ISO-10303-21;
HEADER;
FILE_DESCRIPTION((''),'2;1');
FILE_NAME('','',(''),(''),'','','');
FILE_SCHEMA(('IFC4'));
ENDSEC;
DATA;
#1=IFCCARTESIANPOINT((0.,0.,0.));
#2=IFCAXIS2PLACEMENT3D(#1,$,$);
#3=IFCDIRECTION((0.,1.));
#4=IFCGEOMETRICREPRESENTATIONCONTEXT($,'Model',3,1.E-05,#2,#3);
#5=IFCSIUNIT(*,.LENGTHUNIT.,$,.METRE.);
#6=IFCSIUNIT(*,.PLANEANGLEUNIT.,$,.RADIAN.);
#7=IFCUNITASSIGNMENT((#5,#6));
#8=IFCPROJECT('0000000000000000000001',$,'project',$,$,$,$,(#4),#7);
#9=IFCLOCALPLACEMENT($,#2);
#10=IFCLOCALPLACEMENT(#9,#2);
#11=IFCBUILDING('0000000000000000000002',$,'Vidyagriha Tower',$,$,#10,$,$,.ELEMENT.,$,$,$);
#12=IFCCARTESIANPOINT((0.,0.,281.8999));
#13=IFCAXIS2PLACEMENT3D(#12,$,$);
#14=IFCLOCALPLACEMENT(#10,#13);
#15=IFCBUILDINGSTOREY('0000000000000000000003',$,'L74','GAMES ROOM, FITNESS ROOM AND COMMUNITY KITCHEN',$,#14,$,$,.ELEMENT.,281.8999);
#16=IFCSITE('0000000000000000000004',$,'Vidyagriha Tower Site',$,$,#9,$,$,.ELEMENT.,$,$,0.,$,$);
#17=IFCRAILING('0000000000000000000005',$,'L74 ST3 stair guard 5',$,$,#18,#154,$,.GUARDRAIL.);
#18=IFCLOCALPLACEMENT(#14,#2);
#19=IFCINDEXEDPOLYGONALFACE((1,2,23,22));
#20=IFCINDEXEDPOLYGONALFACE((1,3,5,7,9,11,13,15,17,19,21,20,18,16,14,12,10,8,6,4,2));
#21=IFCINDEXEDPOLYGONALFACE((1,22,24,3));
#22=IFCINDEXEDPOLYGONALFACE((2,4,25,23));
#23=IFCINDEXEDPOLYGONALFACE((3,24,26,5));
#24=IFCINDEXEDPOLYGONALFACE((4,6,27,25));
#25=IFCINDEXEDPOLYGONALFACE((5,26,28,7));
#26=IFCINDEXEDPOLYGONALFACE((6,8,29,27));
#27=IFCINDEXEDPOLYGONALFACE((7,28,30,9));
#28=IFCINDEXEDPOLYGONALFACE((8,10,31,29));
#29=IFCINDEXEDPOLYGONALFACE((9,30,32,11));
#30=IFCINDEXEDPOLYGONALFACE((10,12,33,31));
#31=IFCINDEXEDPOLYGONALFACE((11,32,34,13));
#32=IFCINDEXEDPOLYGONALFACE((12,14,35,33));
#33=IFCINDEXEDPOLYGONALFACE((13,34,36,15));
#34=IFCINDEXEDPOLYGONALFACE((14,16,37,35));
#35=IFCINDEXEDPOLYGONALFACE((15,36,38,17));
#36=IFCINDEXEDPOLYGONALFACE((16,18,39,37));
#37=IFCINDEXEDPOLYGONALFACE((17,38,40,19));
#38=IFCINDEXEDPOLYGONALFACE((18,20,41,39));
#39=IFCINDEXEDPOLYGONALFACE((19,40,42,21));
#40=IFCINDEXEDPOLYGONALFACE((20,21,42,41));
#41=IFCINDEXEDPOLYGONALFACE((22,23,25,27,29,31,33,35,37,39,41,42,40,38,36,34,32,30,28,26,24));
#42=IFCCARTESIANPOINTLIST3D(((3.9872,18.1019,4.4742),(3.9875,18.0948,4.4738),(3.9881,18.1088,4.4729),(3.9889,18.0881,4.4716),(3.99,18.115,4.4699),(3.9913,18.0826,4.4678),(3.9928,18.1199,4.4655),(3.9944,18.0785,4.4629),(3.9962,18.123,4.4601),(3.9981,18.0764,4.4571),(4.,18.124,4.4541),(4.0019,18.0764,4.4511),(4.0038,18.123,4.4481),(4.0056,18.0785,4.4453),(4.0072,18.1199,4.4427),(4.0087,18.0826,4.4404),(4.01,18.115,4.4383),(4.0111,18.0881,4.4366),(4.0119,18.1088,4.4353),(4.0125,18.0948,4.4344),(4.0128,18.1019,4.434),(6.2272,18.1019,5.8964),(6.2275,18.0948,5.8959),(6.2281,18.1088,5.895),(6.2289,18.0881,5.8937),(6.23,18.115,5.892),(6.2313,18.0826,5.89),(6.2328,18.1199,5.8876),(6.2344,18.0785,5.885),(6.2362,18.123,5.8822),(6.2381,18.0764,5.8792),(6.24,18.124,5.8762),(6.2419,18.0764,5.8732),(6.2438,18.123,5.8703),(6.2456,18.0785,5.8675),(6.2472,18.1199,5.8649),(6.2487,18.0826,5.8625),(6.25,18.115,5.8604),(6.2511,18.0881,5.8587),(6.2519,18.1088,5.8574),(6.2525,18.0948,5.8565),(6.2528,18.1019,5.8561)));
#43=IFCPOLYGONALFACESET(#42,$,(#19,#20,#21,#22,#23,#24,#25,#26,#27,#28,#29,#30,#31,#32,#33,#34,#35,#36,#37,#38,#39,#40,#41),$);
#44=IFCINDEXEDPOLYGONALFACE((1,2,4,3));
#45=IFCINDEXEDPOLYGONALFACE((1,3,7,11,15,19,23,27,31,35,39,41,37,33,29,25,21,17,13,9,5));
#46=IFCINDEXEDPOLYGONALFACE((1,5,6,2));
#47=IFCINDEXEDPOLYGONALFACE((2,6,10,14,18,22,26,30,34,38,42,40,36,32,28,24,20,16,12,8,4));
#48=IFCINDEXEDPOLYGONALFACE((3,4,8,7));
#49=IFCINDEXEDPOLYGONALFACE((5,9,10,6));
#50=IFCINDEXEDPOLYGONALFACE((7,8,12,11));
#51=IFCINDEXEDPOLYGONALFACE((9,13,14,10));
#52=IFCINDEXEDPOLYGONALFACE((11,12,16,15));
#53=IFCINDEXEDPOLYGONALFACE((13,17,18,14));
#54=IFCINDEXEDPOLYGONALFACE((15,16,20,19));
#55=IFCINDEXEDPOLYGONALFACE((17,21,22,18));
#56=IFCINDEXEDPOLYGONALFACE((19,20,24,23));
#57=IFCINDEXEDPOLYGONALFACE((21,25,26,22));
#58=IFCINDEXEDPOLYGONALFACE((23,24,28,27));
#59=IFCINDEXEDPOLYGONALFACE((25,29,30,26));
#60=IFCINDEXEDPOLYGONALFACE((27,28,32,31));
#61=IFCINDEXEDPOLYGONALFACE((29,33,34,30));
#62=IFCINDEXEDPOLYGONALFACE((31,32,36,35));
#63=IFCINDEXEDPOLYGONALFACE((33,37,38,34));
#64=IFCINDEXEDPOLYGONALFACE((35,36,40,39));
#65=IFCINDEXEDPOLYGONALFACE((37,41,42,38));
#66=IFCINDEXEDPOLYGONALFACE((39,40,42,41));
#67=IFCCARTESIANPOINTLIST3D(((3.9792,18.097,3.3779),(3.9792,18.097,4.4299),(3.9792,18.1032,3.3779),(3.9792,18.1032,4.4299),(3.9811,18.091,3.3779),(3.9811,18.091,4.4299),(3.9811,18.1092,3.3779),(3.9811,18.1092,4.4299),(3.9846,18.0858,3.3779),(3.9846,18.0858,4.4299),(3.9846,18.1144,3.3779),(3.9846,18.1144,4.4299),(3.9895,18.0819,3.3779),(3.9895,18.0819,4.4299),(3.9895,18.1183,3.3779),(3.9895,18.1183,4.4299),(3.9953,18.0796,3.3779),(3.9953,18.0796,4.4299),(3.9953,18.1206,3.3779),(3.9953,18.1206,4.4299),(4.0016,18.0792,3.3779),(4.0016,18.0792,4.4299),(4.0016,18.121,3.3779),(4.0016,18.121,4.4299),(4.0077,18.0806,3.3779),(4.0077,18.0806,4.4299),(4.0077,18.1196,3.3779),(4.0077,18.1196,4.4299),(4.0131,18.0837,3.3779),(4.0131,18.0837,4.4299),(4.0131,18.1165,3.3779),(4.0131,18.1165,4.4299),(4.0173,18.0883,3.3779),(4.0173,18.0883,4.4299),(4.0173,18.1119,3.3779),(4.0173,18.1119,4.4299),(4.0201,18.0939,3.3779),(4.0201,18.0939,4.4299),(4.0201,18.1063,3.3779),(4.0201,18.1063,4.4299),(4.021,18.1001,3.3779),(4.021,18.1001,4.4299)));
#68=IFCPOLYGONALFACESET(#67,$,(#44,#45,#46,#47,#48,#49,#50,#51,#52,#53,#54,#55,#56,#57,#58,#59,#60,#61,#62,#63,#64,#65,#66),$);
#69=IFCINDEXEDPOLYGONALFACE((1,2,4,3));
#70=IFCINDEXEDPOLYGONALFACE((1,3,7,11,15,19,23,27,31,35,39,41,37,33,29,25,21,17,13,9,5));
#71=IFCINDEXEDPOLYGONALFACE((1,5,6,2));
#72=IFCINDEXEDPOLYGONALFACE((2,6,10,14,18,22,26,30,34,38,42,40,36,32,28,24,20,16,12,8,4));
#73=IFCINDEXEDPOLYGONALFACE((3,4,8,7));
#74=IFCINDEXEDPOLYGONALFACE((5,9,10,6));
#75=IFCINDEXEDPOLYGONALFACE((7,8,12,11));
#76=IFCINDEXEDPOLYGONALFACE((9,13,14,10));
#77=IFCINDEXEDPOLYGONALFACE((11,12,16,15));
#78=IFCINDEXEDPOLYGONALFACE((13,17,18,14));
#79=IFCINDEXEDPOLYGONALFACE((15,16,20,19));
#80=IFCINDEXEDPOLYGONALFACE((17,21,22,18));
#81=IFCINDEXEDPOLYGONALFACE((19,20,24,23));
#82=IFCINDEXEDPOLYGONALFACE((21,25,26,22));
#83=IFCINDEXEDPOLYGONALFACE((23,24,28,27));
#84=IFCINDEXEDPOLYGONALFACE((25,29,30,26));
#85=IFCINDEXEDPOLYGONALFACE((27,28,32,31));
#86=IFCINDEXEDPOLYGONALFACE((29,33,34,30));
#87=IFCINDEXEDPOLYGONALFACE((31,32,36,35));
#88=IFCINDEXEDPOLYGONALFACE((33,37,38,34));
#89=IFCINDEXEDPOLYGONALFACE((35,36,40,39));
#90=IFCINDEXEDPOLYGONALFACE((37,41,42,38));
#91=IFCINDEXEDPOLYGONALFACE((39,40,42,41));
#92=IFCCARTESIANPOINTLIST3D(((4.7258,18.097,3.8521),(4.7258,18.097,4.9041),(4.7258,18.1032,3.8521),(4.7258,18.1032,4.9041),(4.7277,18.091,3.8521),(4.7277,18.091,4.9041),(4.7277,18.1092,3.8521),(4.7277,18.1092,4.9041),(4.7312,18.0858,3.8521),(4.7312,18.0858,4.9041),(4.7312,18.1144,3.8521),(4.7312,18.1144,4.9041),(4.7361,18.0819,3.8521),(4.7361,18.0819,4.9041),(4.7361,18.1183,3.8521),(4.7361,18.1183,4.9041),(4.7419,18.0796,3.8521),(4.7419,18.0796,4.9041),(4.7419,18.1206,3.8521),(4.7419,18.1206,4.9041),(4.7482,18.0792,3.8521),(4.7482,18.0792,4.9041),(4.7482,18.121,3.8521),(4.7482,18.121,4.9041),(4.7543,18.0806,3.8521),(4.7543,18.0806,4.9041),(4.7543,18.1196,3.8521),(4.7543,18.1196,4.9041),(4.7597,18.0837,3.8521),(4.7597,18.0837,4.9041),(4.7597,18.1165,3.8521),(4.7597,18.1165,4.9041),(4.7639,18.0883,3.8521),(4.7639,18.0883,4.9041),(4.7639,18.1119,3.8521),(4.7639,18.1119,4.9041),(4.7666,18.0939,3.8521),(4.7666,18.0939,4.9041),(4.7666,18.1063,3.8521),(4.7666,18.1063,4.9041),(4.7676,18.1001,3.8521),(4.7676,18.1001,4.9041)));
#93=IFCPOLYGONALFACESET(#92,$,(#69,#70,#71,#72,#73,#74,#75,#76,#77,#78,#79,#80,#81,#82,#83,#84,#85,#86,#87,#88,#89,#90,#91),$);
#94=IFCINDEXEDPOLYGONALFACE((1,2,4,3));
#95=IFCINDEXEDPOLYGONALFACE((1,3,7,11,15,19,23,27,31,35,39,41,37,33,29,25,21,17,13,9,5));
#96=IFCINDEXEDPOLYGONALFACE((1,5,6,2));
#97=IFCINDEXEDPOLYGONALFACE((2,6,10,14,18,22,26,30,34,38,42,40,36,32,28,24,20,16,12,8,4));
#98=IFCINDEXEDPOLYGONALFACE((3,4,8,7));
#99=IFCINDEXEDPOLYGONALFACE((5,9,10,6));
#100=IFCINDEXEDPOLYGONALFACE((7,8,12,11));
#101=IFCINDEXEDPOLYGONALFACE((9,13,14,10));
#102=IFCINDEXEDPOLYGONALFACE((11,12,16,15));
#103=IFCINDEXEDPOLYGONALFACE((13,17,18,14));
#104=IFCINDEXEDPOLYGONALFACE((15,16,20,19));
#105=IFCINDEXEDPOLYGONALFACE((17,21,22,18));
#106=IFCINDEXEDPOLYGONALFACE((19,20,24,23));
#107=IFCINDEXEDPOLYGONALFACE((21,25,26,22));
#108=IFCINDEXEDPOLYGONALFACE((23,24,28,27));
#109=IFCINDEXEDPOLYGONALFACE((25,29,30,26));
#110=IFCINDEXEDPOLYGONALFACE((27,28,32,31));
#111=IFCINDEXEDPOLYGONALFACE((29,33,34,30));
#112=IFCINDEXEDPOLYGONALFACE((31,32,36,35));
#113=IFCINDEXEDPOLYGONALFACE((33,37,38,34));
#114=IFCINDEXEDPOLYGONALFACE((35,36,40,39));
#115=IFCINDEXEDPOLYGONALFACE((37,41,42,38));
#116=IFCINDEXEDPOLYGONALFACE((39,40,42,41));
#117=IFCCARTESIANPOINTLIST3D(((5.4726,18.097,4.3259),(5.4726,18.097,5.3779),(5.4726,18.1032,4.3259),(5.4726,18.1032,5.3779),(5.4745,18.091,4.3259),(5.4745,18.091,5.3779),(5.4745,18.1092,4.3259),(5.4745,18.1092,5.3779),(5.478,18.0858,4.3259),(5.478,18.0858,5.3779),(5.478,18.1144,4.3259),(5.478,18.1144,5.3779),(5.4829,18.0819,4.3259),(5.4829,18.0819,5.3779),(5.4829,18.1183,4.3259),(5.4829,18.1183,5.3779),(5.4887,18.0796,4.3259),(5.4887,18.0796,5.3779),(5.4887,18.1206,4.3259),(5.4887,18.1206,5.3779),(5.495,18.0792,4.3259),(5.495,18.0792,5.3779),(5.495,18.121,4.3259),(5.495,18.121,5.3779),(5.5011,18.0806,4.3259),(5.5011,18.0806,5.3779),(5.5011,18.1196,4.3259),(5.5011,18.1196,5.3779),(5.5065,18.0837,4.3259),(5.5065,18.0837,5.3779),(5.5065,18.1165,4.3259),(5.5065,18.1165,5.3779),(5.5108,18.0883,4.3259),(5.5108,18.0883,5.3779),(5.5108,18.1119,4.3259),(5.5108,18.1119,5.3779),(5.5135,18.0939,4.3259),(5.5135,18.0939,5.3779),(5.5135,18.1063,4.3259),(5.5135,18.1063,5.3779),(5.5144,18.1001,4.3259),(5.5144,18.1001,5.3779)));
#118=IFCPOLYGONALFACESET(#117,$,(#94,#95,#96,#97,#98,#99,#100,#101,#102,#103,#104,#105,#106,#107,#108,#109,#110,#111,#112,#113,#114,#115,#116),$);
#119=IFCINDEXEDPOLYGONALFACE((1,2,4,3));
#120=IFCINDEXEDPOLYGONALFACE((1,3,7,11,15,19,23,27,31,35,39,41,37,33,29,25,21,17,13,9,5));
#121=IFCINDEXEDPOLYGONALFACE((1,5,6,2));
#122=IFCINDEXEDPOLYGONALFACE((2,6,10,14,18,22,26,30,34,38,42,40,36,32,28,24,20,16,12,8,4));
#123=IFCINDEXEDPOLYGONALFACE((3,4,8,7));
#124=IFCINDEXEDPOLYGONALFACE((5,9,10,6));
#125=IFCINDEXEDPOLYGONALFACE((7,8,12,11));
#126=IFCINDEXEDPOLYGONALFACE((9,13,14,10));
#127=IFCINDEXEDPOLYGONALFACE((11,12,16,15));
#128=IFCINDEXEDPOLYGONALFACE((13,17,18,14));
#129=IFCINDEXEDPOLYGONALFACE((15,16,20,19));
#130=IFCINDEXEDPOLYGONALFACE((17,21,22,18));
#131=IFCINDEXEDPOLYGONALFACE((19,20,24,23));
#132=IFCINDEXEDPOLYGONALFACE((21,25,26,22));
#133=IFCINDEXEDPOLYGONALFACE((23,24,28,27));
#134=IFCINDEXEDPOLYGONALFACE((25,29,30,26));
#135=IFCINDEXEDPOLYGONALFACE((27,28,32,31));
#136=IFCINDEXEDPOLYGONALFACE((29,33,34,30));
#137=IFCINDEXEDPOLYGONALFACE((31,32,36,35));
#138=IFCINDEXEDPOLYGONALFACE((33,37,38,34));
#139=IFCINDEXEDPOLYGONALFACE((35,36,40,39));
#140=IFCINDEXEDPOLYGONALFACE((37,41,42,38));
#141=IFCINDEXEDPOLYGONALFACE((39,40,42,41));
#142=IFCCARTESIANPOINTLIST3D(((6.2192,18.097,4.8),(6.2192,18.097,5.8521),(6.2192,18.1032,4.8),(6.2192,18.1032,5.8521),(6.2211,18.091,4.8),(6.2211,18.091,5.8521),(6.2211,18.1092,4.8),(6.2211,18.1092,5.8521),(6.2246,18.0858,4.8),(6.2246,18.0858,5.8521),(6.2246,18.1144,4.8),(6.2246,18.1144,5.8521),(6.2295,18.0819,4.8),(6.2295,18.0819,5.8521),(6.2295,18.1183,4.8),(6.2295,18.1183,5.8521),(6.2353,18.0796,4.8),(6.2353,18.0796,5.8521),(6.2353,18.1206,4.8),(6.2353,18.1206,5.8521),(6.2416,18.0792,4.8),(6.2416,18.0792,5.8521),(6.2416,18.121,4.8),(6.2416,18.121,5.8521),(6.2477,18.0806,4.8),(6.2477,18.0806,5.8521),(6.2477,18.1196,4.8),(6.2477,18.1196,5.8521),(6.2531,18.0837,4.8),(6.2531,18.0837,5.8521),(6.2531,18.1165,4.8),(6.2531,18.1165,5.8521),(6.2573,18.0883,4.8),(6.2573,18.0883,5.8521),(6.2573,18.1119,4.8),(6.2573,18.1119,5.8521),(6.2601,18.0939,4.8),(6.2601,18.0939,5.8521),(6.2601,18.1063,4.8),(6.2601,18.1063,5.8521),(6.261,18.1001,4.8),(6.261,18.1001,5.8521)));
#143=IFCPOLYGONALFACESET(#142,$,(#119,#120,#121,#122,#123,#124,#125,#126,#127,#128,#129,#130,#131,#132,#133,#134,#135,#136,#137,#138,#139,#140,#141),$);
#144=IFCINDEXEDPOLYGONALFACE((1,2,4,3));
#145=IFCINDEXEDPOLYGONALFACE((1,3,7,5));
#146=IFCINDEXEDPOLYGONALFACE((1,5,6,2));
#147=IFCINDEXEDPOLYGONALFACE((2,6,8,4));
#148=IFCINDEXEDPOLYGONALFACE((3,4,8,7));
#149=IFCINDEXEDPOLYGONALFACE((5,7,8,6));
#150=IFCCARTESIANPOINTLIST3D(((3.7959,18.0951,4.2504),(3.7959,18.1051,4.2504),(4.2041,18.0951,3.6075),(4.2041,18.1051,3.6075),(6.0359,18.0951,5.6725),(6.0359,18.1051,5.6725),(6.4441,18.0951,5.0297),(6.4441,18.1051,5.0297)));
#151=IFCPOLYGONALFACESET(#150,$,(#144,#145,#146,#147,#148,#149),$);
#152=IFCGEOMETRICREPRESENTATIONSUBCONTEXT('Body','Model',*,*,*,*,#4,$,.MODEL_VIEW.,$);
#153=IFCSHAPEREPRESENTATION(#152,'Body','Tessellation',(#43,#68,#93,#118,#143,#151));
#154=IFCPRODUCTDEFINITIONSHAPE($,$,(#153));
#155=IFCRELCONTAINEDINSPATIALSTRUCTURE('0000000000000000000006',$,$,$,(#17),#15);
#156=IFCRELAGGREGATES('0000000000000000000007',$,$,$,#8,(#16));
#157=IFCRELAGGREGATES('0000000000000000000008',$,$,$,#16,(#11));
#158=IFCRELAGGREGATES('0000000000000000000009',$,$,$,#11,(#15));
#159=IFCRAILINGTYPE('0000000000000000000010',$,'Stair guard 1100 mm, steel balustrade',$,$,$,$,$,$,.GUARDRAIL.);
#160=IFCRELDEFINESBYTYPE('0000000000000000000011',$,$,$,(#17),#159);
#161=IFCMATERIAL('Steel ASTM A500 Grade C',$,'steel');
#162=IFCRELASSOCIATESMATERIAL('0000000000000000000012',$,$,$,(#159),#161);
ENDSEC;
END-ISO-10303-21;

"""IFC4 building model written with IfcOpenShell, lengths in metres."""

from ifc_helpers import new_model, si_unit, direction, frame, origin, origin_2d, place, context, subcontext, project, spatial, rectangle, circle, extrude, material, type_object, element, save


model = new_model("IFC4")

# Units and contexts
model_context = context("Model", 3, precision=1e-05, world=origin(), true_north=direction((0.0, 1.0)))
body_context = subcontext(model_context, "Body", "Model", "MODEL_VIEW")
ifc_project = project(units=[si_unit("LENGTHUNIT", "METRE"), si_unit("PLANEANGLEUNIT", "RADIAN")], contexts=[model_context])

# Site, building, storey
site_placement = place(None, origin())
site = spatial("IfcSite", under=ifc_project, at=site_placement, Name="Vidyagriha Tower Site", CompositionType="ELEMENT", RefElevation=0.0)
building_placement = place(site_placement, origin())
building = spatial("IfcBuilding", under=site, at=building_placement, Name="Vidyagriha Tower", CompositionType="ELEMENT")
storey_placement = place(building_placement, frame((0.0, 0.0, 281.8999)))
storey = spatial("IfcBuildingStorey", under=building, at=storey_placement, Name="L74", Description="GAMES ROOM, FITNESS ROOM AND COMMUNITY KITCHEN", CompositionType="ELEMENT", Elevation=281.8999)

# Railing
ifc_material_1 = material(Name="Steel ASTM A500 Grade C", Category="steel")
railing_type_1 = type_object("IfcRailingType", Name="Stair guard 1100 mm, steel balustrade", PredefinedType="GUARDRAIL", material=ifc_material_1)
railing_1_placement = place(storey_placement, frame((4.0, 18.1001, 3.3779)))
element("IfcRailing", 1, at=railing_1_placement, inside=storey, type_object=railing_type_1, Name="L74 ST3 stair guard 5", PredefinedType="GUARDRAIL", context=body_context, shape_type="SweptSolid", body=[
    extrude(circle(Radius=0.0239, at=origin_2d()), frame((0.0, 0.0, 1.0762), z_axis=(0.844229, 0.0, 0.535982), x_axis=(0.0, 1.0, 0.0)), (0.0, 0.0, 1.0), 2.6533),
    extrude(circle(Radius=0.021, at=origin_2d()), origin(), (0.0, 0.0, 1.0), 1.052),
    extrude(circle(Radius=0.021, at=origin_2d()), frame((0.7466, 0.0, 0.4741)), (0.0, 0.0, 1.0), 1.052),
    extrude(circle(Radius=0.021, at=origin_2d()), frame((1.4934, 0.0, 0.948)), (0.0, 0.0, 1.0), 1.052),
    extrude(circle(Radius=0.021, at=origin_2d()), frame((2.24, 0.0, 1.4221)), (0.0, 0.0, 1.0), 1.052),
    extrude(rectangle(XDim=0.01, YDim=0.7615, at=origin_2d()), frame((0.0, 0.0, 0.551), z_axis=(0.844229, 0.0, 0.535982), x_axis=(0.0, 1.0, 0.0)), (0.0, 0.0, 1.0), 2.6533),
])

save(model, "model.ifc")
